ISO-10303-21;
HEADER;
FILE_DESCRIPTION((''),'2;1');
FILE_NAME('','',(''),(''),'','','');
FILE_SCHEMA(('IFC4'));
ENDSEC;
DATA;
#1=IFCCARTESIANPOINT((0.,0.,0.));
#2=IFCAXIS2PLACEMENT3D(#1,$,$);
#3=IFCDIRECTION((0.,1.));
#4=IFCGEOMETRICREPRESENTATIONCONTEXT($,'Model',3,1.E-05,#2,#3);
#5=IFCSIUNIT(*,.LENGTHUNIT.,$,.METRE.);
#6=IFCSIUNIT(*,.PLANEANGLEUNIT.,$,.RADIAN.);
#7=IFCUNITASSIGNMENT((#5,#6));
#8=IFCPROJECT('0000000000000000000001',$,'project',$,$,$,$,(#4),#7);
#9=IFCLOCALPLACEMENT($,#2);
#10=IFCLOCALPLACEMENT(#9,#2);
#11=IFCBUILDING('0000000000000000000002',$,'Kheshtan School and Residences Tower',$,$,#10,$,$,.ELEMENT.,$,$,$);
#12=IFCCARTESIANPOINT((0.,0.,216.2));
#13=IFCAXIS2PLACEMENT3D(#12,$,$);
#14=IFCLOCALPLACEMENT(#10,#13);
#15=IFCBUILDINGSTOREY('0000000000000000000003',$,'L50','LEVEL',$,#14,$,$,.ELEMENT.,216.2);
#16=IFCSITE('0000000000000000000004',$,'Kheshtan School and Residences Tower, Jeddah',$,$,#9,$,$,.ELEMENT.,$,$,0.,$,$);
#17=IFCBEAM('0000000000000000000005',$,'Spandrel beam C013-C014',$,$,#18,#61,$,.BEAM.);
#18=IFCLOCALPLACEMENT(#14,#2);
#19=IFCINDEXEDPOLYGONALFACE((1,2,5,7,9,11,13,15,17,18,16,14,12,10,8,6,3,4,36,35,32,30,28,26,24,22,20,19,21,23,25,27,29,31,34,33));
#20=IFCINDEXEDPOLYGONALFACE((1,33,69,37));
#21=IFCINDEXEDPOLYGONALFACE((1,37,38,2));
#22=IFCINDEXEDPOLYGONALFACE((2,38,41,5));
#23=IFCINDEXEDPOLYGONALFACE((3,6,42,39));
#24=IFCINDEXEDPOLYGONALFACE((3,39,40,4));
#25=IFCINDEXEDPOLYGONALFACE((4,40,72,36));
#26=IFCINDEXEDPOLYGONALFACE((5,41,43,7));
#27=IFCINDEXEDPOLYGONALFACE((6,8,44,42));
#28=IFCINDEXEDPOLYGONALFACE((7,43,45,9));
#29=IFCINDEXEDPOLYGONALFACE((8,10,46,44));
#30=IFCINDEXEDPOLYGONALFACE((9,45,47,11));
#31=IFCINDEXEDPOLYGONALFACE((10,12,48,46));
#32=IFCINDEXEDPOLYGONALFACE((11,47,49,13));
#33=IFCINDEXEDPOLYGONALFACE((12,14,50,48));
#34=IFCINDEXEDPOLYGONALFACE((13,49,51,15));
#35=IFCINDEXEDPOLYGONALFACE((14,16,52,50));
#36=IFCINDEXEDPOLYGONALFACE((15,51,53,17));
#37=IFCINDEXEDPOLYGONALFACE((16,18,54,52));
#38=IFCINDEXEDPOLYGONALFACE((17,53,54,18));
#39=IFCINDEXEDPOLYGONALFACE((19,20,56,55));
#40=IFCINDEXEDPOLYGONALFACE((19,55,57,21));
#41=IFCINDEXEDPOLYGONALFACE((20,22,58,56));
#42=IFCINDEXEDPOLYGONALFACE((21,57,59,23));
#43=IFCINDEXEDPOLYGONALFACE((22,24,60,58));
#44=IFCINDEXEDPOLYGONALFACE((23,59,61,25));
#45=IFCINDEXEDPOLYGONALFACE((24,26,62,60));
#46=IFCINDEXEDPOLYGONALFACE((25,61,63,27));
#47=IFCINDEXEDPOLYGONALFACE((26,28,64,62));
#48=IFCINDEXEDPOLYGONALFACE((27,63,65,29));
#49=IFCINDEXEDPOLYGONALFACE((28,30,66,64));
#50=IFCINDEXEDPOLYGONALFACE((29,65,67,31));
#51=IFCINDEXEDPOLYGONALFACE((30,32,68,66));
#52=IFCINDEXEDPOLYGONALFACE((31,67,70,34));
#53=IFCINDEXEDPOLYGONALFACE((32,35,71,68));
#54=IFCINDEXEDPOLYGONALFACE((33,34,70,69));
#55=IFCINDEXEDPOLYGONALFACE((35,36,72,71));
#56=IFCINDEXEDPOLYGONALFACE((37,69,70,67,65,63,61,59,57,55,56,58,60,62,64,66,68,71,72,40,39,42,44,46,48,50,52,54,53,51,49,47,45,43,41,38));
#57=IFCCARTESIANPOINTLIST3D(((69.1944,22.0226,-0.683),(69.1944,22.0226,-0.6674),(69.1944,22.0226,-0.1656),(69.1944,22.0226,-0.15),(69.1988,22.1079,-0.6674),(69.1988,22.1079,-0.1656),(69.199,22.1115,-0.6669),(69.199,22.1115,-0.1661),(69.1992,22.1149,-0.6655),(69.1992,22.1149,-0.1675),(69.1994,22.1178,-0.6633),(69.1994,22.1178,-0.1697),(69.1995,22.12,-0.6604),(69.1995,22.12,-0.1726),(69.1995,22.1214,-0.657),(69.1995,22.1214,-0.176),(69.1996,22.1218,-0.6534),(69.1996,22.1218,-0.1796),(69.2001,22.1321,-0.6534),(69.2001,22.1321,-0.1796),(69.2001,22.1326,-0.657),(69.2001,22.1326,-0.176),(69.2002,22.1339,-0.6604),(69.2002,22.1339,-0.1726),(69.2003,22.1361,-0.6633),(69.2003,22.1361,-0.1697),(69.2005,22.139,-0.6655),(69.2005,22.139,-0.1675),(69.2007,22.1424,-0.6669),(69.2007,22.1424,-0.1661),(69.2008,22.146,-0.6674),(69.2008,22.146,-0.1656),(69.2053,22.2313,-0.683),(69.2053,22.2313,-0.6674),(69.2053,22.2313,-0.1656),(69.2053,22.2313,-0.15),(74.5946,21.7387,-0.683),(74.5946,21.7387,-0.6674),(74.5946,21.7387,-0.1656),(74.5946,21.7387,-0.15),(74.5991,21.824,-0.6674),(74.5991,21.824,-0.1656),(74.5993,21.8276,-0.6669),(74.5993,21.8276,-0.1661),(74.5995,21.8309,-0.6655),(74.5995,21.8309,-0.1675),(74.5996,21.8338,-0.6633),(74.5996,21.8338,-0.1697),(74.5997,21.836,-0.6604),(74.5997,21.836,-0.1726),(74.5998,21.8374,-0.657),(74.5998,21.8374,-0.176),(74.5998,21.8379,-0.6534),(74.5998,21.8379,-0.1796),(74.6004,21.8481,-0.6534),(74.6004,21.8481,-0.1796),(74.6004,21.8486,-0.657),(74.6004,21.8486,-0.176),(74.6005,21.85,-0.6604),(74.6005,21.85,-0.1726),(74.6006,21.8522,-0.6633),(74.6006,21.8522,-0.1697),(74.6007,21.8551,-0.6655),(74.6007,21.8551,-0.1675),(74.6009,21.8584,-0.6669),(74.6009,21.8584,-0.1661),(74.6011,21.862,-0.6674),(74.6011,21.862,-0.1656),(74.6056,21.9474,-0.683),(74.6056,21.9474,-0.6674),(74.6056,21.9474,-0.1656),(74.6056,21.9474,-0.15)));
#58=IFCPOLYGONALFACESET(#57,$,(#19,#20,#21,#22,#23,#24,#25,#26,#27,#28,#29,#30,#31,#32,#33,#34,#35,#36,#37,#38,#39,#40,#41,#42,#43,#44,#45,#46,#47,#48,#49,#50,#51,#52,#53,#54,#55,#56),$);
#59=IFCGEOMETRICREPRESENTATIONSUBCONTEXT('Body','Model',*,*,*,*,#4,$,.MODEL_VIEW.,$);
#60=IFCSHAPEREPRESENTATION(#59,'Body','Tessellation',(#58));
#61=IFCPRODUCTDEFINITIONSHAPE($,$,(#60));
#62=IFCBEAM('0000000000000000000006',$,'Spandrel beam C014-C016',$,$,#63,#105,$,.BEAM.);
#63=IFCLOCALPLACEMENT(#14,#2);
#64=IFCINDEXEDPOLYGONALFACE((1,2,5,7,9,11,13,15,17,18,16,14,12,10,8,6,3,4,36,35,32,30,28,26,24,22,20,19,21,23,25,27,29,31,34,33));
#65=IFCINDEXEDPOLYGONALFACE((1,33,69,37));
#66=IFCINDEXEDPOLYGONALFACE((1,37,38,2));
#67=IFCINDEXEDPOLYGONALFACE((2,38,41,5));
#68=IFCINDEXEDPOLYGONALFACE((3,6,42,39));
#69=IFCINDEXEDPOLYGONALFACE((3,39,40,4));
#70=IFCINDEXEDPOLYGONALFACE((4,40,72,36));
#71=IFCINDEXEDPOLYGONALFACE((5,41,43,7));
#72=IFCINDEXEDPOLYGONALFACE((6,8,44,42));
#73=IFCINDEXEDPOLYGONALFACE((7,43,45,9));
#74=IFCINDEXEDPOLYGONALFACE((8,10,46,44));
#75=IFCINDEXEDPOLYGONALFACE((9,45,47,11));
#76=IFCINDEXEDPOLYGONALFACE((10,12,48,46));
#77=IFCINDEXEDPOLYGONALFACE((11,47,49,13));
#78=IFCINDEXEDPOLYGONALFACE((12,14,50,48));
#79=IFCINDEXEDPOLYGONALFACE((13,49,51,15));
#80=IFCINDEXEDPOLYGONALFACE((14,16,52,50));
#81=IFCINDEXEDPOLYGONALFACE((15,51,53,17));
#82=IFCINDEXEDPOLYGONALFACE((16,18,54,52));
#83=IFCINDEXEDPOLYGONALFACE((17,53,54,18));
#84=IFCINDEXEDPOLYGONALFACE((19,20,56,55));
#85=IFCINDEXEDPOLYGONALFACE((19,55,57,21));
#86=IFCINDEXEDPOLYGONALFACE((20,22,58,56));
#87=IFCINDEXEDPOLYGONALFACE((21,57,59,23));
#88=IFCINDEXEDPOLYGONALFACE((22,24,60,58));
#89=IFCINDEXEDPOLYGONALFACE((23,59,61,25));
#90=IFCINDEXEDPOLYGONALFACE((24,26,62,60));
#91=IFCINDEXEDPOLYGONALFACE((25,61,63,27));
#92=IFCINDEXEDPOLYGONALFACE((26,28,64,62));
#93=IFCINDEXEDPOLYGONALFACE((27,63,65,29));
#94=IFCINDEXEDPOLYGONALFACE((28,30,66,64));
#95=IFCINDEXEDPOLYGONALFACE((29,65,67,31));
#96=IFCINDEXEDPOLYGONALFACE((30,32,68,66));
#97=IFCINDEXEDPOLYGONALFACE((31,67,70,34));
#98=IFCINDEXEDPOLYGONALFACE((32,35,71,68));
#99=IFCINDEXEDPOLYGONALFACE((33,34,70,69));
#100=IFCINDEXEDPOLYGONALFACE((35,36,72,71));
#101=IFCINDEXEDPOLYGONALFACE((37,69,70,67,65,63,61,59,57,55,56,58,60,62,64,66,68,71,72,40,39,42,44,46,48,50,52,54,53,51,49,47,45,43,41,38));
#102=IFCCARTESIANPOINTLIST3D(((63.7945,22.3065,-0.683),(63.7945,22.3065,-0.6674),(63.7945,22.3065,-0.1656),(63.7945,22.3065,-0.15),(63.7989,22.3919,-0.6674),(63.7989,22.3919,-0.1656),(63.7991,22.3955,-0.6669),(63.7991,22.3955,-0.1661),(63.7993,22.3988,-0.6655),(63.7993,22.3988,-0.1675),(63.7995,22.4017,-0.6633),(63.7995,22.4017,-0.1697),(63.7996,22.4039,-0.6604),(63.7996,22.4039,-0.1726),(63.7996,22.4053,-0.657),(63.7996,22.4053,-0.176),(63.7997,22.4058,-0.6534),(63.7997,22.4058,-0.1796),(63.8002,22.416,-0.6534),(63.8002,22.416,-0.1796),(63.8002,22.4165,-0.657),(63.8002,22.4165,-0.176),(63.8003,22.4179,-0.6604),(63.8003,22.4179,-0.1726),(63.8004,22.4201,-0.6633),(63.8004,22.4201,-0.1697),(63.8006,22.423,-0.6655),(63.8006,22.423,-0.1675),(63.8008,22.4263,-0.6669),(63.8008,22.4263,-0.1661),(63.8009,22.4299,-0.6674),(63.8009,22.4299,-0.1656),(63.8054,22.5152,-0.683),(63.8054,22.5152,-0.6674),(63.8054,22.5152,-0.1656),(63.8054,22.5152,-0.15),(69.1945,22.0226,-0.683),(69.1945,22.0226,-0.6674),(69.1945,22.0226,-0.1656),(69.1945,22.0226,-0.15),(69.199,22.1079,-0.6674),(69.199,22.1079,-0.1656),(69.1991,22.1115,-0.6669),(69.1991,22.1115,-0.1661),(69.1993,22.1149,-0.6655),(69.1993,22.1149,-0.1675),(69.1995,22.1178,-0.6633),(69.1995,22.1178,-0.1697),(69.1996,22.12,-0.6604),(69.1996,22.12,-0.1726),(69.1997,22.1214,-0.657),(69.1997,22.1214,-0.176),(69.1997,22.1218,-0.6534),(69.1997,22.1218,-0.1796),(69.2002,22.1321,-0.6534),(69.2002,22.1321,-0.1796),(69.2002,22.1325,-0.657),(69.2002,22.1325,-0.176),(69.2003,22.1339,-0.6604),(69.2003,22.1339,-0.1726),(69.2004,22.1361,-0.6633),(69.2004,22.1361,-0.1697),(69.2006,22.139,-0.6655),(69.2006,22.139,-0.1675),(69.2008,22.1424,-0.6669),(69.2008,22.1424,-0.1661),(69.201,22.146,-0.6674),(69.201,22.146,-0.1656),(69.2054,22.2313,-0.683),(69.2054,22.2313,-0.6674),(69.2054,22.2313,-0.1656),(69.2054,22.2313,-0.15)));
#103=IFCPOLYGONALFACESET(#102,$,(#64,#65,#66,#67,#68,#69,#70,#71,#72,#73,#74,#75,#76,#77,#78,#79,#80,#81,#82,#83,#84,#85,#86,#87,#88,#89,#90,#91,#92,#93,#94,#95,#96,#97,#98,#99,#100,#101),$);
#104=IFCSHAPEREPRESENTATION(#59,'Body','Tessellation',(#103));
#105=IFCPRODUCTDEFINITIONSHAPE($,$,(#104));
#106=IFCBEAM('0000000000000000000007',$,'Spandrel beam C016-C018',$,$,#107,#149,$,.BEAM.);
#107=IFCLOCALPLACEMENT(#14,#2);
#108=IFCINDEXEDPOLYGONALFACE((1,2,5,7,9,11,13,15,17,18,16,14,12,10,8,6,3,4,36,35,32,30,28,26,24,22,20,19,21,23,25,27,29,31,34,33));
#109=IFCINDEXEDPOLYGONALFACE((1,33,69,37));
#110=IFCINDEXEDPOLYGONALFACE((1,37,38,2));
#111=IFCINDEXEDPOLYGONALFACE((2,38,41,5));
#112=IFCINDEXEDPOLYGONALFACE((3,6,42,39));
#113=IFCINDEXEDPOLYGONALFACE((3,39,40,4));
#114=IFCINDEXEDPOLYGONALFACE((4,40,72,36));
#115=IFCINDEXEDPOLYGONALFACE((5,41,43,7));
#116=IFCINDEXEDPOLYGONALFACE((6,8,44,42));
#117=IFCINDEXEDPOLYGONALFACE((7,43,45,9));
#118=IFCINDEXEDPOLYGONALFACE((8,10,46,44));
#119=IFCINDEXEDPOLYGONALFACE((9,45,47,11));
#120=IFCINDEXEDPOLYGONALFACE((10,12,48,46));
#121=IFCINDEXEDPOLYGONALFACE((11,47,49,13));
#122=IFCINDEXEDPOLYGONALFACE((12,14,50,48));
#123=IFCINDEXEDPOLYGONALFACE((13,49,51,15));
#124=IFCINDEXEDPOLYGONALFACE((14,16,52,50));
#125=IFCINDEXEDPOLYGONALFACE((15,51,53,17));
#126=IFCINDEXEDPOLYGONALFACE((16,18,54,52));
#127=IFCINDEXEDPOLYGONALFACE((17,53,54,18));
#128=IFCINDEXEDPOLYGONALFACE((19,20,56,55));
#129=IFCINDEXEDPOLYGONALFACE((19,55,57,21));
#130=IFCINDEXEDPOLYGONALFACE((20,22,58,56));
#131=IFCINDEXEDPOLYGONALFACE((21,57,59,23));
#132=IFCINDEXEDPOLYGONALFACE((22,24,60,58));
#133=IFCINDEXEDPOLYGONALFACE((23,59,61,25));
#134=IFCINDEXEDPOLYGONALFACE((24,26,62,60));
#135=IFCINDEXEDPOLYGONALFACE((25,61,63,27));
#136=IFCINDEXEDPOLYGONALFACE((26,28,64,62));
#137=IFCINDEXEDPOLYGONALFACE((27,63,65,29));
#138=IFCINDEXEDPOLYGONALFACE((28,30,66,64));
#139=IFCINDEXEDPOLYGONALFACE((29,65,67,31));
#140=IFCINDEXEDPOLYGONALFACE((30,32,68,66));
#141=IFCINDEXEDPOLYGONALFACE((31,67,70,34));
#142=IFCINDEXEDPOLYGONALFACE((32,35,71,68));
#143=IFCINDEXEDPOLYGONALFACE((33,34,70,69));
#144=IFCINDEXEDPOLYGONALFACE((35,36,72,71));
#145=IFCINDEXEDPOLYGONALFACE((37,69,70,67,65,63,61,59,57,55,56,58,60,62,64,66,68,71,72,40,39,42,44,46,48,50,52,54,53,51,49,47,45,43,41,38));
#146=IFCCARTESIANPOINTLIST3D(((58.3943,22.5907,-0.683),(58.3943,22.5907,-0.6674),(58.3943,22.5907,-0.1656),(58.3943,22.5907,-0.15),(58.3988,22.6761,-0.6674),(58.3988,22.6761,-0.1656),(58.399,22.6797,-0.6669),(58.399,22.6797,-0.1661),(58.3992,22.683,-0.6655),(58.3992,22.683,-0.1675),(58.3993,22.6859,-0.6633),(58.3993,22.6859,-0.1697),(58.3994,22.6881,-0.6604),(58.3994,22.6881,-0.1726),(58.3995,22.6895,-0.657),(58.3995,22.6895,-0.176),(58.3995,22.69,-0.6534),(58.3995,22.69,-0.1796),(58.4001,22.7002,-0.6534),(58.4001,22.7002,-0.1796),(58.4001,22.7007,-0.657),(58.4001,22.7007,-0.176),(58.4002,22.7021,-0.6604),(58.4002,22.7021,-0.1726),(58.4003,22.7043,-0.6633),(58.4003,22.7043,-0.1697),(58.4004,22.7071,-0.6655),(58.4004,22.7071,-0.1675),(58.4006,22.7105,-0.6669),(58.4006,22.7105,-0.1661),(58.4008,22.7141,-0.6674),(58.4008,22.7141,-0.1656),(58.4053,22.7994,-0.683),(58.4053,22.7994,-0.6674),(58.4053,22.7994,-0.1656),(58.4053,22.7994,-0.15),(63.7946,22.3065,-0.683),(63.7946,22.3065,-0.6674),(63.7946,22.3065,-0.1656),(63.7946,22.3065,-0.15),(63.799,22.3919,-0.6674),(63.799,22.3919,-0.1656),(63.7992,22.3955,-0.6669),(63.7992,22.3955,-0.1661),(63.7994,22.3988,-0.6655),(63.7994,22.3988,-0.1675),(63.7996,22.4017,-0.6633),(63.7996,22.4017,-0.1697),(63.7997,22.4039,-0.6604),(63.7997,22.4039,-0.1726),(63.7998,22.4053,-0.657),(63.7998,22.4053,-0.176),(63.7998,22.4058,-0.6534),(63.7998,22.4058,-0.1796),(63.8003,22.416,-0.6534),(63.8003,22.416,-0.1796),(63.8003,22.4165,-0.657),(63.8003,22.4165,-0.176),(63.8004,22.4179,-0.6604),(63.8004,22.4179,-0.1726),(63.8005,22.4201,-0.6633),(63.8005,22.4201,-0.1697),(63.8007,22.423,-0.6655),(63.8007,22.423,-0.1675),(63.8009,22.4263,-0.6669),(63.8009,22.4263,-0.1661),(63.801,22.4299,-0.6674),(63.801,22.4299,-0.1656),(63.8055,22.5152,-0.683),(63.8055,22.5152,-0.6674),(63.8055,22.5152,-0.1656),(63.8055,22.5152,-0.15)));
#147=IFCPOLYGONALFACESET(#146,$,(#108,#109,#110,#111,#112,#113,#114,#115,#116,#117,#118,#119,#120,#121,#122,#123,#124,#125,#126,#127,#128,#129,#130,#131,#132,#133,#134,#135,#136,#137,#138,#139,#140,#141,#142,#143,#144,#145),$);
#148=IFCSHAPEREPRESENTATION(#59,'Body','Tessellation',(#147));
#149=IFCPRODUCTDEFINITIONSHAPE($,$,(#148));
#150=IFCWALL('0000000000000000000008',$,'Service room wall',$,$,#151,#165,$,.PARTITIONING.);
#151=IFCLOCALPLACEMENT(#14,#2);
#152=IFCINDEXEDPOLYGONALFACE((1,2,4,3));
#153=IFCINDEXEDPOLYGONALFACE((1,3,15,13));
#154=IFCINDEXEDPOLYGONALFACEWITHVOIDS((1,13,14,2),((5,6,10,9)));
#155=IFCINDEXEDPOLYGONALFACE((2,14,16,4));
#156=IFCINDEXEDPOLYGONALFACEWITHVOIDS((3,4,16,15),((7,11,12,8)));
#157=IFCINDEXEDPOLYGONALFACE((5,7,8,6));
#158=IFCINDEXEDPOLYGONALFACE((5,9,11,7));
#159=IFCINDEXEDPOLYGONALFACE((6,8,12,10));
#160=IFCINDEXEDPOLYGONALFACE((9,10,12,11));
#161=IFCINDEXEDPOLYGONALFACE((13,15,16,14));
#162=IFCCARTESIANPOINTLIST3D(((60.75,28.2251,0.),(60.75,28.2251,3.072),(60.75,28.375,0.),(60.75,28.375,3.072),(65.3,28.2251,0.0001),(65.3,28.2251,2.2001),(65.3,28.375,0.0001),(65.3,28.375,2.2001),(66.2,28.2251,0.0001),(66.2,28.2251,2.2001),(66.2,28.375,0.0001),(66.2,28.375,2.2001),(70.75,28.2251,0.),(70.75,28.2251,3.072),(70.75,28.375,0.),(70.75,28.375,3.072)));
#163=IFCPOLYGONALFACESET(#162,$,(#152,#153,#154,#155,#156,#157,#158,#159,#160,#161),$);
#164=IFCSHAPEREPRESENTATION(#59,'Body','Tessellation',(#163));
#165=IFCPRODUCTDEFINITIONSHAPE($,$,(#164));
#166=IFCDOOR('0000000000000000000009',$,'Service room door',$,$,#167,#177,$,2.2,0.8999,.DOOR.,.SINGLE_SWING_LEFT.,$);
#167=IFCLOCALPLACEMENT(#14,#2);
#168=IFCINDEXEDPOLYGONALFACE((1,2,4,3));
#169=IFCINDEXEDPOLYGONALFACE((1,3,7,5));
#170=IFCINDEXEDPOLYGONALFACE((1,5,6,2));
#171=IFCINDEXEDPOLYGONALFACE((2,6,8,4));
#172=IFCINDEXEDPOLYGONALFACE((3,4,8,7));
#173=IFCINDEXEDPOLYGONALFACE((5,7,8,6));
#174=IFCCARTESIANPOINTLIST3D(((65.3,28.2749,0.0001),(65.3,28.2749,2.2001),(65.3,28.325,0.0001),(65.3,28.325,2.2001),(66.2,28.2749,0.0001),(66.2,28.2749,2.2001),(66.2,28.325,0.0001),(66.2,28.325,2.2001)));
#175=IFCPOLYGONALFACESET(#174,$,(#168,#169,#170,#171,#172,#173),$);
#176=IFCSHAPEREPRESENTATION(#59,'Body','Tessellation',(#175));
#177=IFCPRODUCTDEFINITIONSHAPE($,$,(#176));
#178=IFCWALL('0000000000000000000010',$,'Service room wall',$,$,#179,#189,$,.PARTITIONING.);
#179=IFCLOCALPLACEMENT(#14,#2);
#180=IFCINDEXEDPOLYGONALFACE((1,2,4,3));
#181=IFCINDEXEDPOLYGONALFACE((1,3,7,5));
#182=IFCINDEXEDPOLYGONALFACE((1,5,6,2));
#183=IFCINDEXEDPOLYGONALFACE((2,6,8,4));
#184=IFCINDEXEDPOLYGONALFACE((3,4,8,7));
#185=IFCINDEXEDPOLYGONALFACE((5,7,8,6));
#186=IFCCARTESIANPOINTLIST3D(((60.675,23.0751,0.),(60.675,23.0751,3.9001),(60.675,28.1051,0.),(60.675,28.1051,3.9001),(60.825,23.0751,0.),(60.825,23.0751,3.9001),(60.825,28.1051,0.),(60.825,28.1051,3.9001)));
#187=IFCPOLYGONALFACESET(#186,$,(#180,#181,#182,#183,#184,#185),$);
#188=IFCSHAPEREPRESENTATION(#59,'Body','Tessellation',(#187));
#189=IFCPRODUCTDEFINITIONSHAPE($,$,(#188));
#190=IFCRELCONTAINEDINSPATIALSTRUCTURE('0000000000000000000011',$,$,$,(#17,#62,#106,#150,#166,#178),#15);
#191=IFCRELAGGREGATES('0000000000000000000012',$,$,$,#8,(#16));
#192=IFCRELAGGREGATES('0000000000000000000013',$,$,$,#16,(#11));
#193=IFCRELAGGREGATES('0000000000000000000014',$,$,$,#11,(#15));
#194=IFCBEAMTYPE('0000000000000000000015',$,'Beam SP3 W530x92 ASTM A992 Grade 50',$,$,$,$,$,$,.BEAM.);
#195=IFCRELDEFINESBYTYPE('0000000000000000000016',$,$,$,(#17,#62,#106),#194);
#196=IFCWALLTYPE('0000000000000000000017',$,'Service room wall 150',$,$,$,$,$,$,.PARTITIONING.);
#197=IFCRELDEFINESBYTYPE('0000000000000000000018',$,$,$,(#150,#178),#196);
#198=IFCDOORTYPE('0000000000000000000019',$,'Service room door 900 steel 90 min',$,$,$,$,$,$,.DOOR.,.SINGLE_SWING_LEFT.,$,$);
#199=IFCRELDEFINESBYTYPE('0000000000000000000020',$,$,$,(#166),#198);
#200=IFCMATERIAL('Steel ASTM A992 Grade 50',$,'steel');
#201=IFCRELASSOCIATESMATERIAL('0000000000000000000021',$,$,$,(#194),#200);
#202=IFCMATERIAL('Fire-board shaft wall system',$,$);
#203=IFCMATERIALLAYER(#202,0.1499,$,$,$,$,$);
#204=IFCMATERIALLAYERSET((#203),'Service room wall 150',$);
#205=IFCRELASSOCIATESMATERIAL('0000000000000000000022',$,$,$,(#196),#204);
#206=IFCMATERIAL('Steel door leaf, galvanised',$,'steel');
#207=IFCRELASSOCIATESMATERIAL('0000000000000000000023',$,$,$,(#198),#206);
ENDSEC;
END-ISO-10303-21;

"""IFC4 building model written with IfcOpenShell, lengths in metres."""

from ifc_helpers import new_model, si_unit, direction, frame, frame_2d, origin, origin_2d, place, context, subcontext, project, spatial, rectangle, i_section, extrude, source, transform, mapped, material, layer, layer_set, material_profile, profile_set, type_object, element, fill, save


model = new_model("IFC4")

# Units and contexts
model_context = context("Model", 3, precision=1e-05, world=origin(), true_north=direction((0.0, 1.0)))
body_context = subcontext(model_context, "Body", "Model", "MODEL_VIEW")
ifc_project = project(units=[si_unit("LENGTHUNIT", "METRE"), si_unit("PLANEANGLEUNIT", "RADIAN")], contexts=[model_context])

# Site, building, storey
site_placement = place(None, origin())
site = spatial("IfcSite", under=ifc_project, at=site_placement, Name="Kheshtan School and Residences Tower, Jeddah", CompositionType="ELEMENT", RefElevation=0.0)
building_placement = place(site_placement, origin())
building = spatial("IfcBuilding", under=site, at=building_placement, Name="Kheshtan School and Residences Tower", CompositionType="ELEMENT")
storey_placement = place(building_placement, frame((0.0, 0.0, 216.2)))
storey = spatial("IfcBuildingStorey", under=building, at=storey_placement, Name="L50", Description="LEVEL", CompositionType="ELEMENT", Elevation=216.2)

# Shared definitions
ifc_material_1 = material(Name="Steel ASTM A992 Grade 50", Category="steel")

# Beams
ifc_material_profile_1 = material_profile(ifc_material_1, i_section(OverallWidth=0.209, OverallDepth=0.533, WebThickness=0.0103, FlangeThickness=0.0156, FilletRadius=0.0139, at=origin_2d()), Name="W530x92")
ifc_profile_set_1 = profile_set([ifc_material_profile_1], Name="Steel ASTM A992 Grade 50")
beam_type_1 = type_object("IfcBeamType", Name="Beam SP3 W530x92 ASTM A992 Grade 50", PredefinedType="BEAM", material=ifc_profile_set_1)
beam_1_placement = place(storey_placement, frame((74.6001, 21.843, -0.4165), z_axis=(-0.998621, 0.052507, 0.0), x_axis=(-0.052507, -0.998621, 0.0)))
element("IfcBeam", 1, at=beam_1_placement, inside=storey, type_object=beam_type_1, Name="Spandrel beam C013-C014", PredefinedType="BEAM", context=body_context, shape_type="SweptSolid", body=[
    extrude(i_section(OverallWidth=0.209, OverallDepth=0.533, WebThickness=0.0103, FlangeThickness=0.0156, FilletRadius=0.0139, at=origin_2d()), origin(), (0.0, 0.0, 1.0), 5.4077),
])
beam_2_placement = place(storey_placement, frame((69.2, 22.127, -0.4165), z_axis=(-0.99862, 0.052509, 0.0), x_axis=(-0.052509, -0.99862, 0.0)))
element("IfcBeam", 2, at=beam_2_placement, inside=storey, type_object=beam_type_1, Name="Spandrel beam C014-C016", PredefinedType="BEAM", context=body_context, shape_type="SweptSolid", body=[
    extrude(i_section(OverallWidth=0.209, OverallDepth=0.533, WebThickness=0.0103, FlangeThickness=0.0156, FilletRadius=0.0139, at=origin_2d()), origin(), (0.0, 0.0, 1.0), 5.4075),
])
beam_3_placement = place(storey_placement, frame((63.8, 22.4109, -0.4165), z_axis=(-0.998618, 0.052552, 0.0), x_axis=(-0.052552, -0.998618, 0.0)))
element("IfcBeam", 3, at=beam_3_placement, inside=storey, type_object=beam_type_1, Name="Spandrel beam C016-C018", PredefinedType="BEAM", context=body_context, shape_type="SweptSolid", body=[
    extrude(i_section(OverallWidth=0.209, OverallDepth=0.533, WebThickness=0.0103, FlangeThickness=0.0156, FilletRadius=0.0139, at=origin_2d()), origin(), (0.0, 0.0, 1.0), 5.4077),
])

# Wall, opening, door
ifc_material_2 = material(Name="Fire-board shaft wall system")
ifc_layer_1 = layer(ifc_material_2, 0.1499)
ifc_layer_set_1 = layer_set([ifc_layer_1], Name="Service room wall 150")
wall_type_1 = type_object("IfcWallType", Name="Service room wall 150", PredefinedType="PARTITIONING", material=ifc_layer_set_1)
wall_1_placement = place(storey_placement, frame((60.75, 28.3, 0.0), z_axis=(0.0, 0.0, 1.0), x_axis=(1.0, 0.0, 0.0)))
wall_1 = element("IfcWall", 4, at=wall_1_placement, inside=storey, type_object=wall_type_1, Name="Service room wall", PredefinedType="PARTITIONING", context=body_context, shape_type="SweptSolid", body=[
    extrude(rectangle(XDim=10.0, YDim=0.1499, at=frame_2d((5.0, 0.0))), origin(), (0.0, 0.0, 1.0), 3.072),
])
opening_1_placement = place(wall_1_placement, frame((4.55, 0.0, 0.0)))
opening_1 = element("IfcOpeningElement", 5, at=opening_1_placement, cuts=wall_1, PredefinedType="OPENING", context=body_context, shape_type="SweptSolid", body=[
    extrude(rectangle(XDim=0.8999, YDim=2.2, at=frame_2d((0.45, 1.1001))), frame((0.0, 0.085, 0.0), z_axis=(0.0, -1.0, 0.0), x_axis=(1.0, 0.0, 0.0)), (0.0, 0.0, 1.0), 0.1699),
])
ifc_material_3 = material(Name="Steel door leaf, galvanised", Category="steel")
door_type_1 = type_object("IfcDoorType", Name="Service room door 900 steel 90 min", OperationType="SINGLE_SWING_LEFT", PredefinedType="DOOR", material=ifc_material_3)
shared_shape_1 = source(origin(), body_context, "Body", "SweptSolid", [
    extrude(rectangle(XDim=0.8999, YDim=2.2, at=frame_2d((0.45, 1.1001))), frame((0.0, 0.0249, 0.0), z_axis=(0.0, -1.0, 0.0), x_axis=(1.0, 0.0, 0.0)), (0.0, 0.0, 1.0), 0.05),
])
door_1_placement = place(opening_1_placement, origin())
door_1 = element("IfcDoor", 6, at=door_1_placement, inside=storey, type_object=door_type_1, Name="Service room door", OperationType="SINGLE_SWING_LEFT", OverallHeight=2.2, OverallWidth=0.8999, PredefinedType="DOOR", context=body_context, shape_type="MappedRepresentation", body=[
    mapped(shared_shape_1, transform((0.0, 0.0, 0.0), x_axis=(1.0, 0.0, 0.0), y_axis=(0.0, 1.0, 0.0), z_axis=(0.0, 0.0, 1.0), scale=1.0)),
])
fill(opening_1, door_1)

# Wall
wall_2_placement = place(storey_placement, frame((60.75, 23.075, 0.0), z_axis=(0.0, 0.0, 1.0), x_axis=(0.0, 1.0, 0.0)))
element("IfcWall", 7, at=wall_2_placement, inside=storey, type_object=wall_type_1, Name="Service room wall", PredefinedType="PARTITIONING", context=body_context, shape_type="SweptSolid", body=[
    extrude(rectangle(XDim=5.03, YDim=0.1499, at=frame_2d((2.5151, 0.0))), origin(), (0.0, 0.0, 1.0), 3.9001),
])

save(model, "model.ifc")
